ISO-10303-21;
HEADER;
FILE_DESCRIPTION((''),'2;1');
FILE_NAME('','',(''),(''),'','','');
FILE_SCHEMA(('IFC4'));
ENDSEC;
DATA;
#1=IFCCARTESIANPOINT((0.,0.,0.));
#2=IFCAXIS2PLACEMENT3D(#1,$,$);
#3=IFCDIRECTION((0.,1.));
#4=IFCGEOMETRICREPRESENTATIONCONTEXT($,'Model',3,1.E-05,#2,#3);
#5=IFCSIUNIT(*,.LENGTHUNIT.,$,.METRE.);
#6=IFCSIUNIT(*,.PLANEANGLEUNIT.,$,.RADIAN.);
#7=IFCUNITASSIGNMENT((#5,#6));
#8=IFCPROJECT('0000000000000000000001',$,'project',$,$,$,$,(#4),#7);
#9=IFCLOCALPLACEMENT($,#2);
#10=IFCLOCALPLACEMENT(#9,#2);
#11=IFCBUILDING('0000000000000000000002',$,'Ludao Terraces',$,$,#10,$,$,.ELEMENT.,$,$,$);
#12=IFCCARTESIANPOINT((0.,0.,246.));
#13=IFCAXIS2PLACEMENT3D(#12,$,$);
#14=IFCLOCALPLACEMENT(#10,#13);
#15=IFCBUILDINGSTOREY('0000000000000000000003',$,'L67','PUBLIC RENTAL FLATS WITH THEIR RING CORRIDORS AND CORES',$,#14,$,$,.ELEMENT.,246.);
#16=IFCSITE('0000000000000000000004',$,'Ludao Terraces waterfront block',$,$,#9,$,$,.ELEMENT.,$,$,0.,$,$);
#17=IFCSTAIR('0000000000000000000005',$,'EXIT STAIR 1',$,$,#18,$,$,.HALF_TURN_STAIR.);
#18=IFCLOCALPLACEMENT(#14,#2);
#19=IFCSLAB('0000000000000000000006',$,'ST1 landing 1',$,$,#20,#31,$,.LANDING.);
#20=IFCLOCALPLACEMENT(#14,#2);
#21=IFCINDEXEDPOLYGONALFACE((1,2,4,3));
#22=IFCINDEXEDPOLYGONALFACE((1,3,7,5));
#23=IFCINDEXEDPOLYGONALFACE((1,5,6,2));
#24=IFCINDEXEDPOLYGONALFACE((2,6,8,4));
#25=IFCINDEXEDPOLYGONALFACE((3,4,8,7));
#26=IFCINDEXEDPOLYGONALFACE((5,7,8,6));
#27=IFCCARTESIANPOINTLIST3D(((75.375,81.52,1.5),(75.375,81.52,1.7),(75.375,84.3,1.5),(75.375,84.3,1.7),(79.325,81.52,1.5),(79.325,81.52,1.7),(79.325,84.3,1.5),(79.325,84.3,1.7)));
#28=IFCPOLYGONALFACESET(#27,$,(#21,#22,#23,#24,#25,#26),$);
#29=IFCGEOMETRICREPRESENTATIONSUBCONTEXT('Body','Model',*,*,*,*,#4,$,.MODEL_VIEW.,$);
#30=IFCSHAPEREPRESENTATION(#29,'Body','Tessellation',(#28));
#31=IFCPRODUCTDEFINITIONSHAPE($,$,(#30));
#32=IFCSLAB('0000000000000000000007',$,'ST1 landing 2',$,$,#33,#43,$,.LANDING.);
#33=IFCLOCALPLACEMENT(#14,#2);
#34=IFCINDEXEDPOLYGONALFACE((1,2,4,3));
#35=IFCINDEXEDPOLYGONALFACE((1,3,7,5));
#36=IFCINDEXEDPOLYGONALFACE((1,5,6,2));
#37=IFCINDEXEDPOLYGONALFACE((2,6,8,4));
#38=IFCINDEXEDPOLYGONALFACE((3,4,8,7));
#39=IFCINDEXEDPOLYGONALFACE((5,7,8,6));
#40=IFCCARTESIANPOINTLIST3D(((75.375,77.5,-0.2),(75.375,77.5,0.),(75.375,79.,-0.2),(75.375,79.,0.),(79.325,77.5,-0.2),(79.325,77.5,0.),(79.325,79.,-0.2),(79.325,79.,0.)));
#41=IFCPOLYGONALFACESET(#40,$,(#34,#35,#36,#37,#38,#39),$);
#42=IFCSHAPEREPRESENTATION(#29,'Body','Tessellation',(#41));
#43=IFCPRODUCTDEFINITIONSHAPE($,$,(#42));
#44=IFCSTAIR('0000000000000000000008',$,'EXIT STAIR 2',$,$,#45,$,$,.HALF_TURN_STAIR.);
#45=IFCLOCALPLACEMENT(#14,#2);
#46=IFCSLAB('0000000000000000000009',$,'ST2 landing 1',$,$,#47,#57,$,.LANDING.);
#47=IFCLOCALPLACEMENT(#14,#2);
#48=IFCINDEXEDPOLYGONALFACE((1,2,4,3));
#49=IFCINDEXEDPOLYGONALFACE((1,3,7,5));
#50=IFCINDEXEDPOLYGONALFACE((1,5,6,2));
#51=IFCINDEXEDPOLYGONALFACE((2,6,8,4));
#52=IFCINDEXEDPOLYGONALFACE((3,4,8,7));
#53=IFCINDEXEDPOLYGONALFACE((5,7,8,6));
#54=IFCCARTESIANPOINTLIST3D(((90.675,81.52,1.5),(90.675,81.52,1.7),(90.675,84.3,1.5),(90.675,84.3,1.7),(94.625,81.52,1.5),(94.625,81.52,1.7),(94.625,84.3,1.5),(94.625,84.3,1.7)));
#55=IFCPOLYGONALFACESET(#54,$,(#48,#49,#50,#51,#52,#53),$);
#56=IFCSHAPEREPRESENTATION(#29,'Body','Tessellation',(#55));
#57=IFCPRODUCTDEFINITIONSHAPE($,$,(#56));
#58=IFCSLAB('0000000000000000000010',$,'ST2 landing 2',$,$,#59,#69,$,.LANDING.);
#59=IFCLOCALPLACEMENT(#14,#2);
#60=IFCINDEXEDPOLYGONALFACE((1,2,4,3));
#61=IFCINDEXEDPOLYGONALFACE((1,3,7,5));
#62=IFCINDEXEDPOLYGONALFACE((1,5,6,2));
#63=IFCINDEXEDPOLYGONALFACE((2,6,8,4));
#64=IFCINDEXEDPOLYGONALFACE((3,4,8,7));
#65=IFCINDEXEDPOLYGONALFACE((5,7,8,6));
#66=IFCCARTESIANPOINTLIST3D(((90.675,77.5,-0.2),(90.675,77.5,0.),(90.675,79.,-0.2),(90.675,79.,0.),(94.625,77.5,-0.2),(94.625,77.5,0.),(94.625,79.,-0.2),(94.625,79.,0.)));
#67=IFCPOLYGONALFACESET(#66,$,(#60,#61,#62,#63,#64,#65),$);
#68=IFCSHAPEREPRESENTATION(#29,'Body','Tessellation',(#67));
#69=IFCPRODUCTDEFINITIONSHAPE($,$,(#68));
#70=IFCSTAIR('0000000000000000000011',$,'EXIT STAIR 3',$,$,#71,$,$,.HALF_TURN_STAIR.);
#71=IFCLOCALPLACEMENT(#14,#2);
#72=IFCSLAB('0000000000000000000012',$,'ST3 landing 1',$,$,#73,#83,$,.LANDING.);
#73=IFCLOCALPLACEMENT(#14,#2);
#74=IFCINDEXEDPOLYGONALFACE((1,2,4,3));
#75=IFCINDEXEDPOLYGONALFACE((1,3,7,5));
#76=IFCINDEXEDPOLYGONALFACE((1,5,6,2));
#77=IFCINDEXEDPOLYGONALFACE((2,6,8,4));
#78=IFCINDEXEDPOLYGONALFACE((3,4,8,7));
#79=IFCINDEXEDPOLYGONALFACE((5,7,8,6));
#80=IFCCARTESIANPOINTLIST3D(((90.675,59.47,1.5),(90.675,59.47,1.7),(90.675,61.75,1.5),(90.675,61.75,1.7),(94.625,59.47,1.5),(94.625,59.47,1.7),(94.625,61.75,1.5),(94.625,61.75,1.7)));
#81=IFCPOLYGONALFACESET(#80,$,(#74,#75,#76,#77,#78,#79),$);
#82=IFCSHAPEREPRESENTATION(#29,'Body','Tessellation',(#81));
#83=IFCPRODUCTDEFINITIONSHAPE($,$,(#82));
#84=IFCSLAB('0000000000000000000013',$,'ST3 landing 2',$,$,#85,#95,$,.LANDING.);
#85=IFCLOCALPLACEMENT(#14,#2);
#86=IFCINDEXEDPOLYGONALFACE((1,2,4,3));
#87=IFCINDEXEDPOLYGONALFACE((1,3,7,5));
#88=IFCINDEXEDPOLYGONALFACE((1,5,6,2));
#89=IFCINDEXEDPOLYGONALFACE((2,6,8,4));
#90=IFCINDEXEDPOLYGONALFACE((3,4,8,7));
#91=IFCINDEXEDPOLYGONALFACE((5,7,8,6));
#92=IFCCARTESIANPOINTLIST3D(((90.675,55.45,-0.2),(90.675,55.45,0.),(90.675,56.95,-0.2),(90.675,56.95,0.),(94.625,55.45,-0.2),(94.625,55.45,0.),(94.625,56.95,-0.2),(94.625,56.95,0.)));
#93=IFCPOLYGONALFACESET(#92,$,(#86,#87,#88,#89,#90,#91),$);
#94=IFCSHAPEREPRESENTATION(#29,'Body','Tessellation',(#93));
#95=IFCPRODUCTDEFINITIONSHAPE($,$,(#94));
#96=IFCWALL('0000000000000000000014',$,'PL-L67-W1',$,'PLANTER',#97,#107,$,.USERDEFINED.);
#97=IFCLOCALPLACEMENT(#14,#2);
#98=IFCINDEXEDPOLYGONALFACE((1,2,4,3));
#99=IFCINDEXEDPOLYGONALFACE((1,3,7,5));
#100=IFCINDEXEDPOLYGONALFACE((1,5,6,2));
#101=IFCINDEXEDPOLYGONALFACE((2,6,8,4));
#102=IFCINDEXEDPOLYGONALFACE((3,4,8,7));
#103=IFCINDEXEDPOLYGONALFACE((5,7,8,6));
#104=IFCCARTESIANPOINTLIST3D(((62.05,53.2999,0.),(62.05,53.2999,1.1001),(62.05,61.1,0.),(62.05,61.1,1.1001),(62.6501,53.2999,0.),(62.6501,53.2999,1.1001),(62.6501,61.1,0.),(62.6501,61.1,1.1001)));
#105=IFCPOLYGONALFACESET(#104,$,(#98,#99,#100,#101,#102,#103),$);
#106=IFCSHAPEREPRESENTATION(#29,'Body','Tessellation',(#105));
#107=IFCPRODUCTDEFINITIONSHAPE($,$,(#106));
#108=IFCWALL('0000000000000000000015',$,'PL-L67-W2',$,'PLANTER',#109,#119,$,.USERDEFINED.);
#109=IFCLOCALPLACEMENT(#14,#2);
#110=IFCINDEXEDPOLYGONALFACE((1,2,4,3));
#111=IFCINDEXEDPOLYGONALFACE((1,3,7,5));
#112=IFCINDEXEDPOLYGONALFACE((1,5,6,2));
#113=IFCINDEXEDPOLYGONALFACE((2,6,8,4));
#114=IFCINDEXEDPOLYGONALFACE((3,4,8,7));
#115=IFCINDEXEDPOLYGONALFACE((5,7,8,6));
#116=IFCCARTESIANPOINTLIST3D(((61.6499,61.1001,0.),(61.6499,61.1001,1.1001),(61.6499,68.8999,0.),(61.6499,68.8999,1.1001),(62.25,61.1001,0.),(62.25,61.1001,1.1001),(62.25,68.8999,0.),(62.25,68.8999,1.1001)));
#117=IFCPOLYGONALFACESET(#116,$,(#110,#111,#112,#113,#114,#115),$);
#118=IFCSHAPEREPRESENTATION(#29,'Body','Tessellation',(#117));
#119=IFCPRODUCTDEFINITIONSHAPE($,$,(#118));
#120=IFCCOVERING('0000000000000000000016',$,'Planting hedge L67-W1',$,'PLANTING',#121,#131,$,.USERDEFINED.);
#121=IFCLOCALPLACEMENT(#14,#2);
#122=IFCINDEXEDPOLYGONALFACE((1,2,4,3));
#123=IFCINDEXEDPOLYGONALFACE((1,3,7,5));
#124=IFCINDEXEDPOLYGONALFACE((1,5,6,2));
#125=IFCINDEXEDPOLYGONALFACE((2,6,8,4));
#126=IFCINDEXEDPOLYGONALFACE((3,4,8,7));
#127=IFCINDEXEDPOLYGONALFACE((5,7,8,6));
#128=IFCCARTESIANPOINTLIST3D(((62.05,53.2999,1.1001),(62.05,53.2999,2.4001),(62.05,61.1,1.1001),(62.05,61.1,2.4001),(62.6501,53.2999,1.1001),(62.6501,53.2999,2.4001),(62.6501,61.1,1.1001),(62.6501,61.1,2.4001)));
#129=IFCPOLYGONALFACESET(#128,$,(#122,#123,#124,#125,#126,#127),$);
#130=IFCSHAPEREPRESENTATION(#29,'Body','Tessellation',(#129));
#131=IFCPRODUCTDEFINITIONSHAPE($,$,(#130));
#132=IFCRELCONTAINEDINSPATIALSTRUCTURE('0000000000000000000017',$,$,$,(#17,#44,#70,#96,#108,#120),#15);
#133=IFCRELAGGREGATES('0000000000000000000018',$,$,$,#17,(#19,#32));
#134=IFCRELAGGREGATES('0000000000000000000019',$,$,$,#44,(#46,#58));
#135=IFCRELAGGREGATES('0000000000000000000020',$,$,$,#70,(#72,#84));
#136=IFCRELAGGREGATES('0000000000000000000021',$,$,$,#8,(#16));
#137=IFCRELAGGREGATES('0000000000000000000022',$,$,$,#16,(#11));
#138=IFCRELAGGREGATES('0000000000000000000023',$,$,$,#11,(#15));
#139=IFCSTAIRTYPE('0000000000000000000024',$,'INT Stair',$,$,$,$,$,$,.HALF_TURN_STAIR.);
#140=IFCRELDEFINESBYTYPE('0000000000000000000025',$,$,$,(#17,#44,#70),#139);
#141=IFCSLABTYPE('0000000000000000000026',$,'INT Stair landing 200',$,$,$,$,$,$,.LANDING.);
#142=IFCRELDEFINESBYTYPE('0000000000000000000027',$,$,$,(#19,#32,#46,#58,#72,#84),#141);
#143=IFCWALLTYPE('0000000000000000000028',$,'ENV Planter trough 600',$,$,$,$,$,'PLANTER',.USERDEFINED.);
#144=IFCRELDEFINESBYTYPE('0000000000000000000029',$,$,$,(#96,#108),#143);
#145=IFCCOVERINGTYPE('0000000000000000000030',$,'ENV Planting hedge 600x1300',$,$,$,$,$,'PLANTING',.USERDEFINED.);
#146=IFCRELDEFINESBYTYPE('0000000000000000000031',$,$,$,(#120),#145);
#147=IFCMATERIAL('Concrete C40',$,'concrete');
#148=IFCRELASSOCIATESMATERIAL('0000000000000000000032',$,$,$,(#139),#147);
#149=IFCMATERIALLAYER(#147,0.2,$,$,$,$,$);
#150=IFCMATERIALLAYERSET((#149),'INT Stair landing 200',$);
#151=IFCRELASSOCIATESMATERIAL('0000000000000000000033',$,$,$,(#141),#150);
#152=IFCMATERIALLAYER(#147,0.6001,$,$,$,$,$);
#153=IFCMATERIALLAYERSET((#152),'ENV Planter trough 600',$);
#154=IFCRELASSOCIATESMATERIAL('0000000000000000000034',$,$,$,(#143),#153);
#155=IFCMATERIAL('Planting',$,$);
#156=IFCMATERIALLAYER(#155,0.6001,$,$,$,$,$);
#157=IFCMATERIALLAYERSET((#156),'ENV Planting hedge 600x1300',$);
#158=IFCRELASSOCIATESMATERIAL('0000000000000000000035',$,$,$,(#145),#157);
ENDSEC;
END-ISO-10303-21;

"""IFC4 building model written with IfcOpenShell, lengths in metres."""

from ifc_helpers import new_model, si_unit, direction, frame, frame_2d, origin, origin_2d, place, context, subcontext, project, spatial, polyline, rectangle, outline, extrude, material, layer, layer_set, type_object, element, aggregate, save


model = new_model("IFC4")

# Units and contexts
model_context = context("Model", 3, precision=1e-05, world=origin(), true_north=direction((0.0, 1.0)))
body_context = subcontext(model_context, "Body", "Model", "MODEL_VIEW")
ifc_project = project(units=[si_unit("LENGTHUNIT", "METRE"), si_unit("PLANEANGLEUNIT", "RADIAN")], contexts=[model_context])

# Site, building, storey
site_placement = place(None, origin())
site = spatial("IfcSite", under=ifc_project, at=site_placement, Name="Ludao Terraces waterfront block", CompositionType="ELEMENT", RefElevation=0.0)
building_placement = place(site_placement, origin())
building = spatial("IfcBuilding", under=site, at=building_placement, Name="Ludao Terraces", CompositionType="ELEMENT")
storey_placement = place(building_placement, frame((0.0, 0.0, 246.0)))
storey = spatial("IfcBuildingStorey", under=building, at=storey_placement, Name="L67", Description="PUBLIC RENTAL FLATS WITH THEIR RING CORRIDORS AND CORES", CompositionType="ELEMENT", Elevation=246.0)

# Shared definitions
ifc_material_1 = material(Name="Concrete C40", Category="concrete")

# Stairs, slabs
stair_type = type_object("IfcStairType", Name="INT Stair", PredefinedType="HALF_TURN_STAIR", material=ifc_material_1)
stair_1_placement = place(storey_placement, origin())
stair_1 = element("IfcStair", 1, at=stair_1_placement, inside=storey, type_object=stair_type, Name="EXIT STAIR 1", PredefinedType="HALF_TURN_STAIR")
ifc_layer_1 = layer(ifc_material_1, 0.2)
ifc_layer_set_1 = layer_set([ifc_layer_1], Name="INT Stair landing 200")
slab_type_1 = type_object("IfcSlabType", Name="INT Stair landing 200", PredefinedType="LANDING", material=ifc_layer_set_1)
slab_1_placement = place(storey_placement, frame((0.0, 0.0, 1.5)))
slab_1 = element("IfcSlab", 2, at=slab_1_placement, type_object=slab_type_1, Name="ST1 landing 1", PredefinedType="LANDING", context=body_context, shape_type="SweptSolid", body=[
    extrude(outline(polyline([(75.375, 81.52), (79.325, 81.52), (79.325, 84.3), (75.375, 84.3), (75.375, 81.52)])), origin(), (0.0, 0.0, 1.0), 0.2),
])
slab_2_placement = place(storey_placement, frame((0.0, 0.0, -0.2)))
slab_2 = element("IfcSlab", 3, at=slab_2_placement, type_object=slab_type_1, Name="ST1 landing 2", PredefinedType="LANDING", context=body_context, shape_type="SweptSolid", body=[
    extrude(outline(polyline([(75.375, 77.5), (79.325, 77.5), (79.325, 79.0), (75.375, 79.0), (75.375, 77.5)])), origin(), (0.0, 0.0, 1.0), 0.2),
])
aggregate(stair_1, [slab_1, slab_2])
stair_2_placement = place(storey_placement, origin())
stair_2 = element("IfcStair", 4, at=stair_2_placement, inside=storey, type_object=stair_type, Name="EXIT STAIR 2", PredefinedType="HALF_TURN_STAIR")
slab_3_placement = place(storey_placement, frame((0.0, 0.0, 1.5)))
slab_3 = element("IfcSlab", 5, at=slab_3_placement, type_object=slab_type_1, Name="ST2 landing 1", PredefinedType="LANDING", context=body_context, shape_type="SweptSolid", body=[
    extrude(outline(polyline([(90.675, 81.52), (94.625, 81.52), (94.625, 84.3), (90.675, 84.3), (90.675, 81.52)])), origin(), (0.0, 0.0, 1.0), 0.2),
])
slab_4_placement = place(storey_placement, frame((0.0, 0.0, -0.2)))
slab_4 = element("IfcSlab", 6, at=slab_4_placement, type_object=slab_type_1, Name="ST2 landing 2", PredefinedType="LANDING", context=body_context, shape_type="SweptSolid", body=[
    extrude(outline(polyline([(90.675, 77.5), (94.625, 77.5), (94.625, 79.0), (90.675, 79.0), (90.675, 77.5)])), origin(), (0.0, 0.0, 1.0), 0.2),
])
aggregate(stair_2, [slab_3, slab_4])
stair_3_placement = place(storey_placement, origin())
stair_3 = element("IfcStair", 7, at=stair_3_placement, inside=storey, type_object=stair_type, Name="EXIT STAIR 3", PredefinedType="HALF_TURN_STAIR")
slab_5_placement = place(storey_placement, frame((0.0, 0.0, 1.5)))
slab_5 = element("IfcSlab", 8, at=slab_5_placement, type_object=slab_type_1, Name="ST3 landing 1", PredefinedType="LANDING", context=body_context, shape_type="SweptSolid", body=[
    extrude(outline(polyline([(90.675, 59.47), (94.625, 59.47), (94.625, 61.75), (90.675, 61.75), (90.675, 59.47)])), origin(), (0.0, 0.0, 1.0), 0.2),
])
slab_6_placement = place(storey_placement, frame((0.0, 0.0, -0.2)))
slab_6 = element("IfcSlab", 9, at=slab_6_placement, type_object=slab_type_1, Name="ST3 landing 2", PredefinedType="LANDING", context=body_context, shape_type="SweptSolid", body=[
    extrude(outline(polyline([(90.675, 55.45), (94.625, 55.45), (94.625, 56.95), (90.675, 56.95), (90.675, 55.45)])), origin(), (0.0, 0.0, 1.0), 0.2),
])
aggregate(stair_3, [slab_5, slab_6])

# Walls
ifc_layer_2 = layer(ifc_material_1, 0.6001)
ifc_layer_set_2 = layer_set([ifc_layer_2], Name="ENV Planter trough 600")
wall_type = type_object("IfcWallType", Name="ENV Planter trough 600", ElementType="PLANTER", PredefinedType="USERDEFINED", material=ifc_layer_set_2)
wall_1_placement = place(storey_placement, frame((62.3501, 53.3, 0.0), z_axis=(0.0, 0.0, 1.0), x_axis=(0.0, 1.0, 0.0)))
element("IfcWall", 10, at=wall_1_placement, inside=storey, type_object=wall_type, Name="PL-L67-W1", ObjectType="PLANTER", PredefinedType="USERDEFINED", context=body_context, shape_type="SweptSolid", body=[
    extrude(rectangle(XDim=7.8, YDim=0.6001, at=frame_2d((3.8999, 0.0))), origin(), (0.0, 0.0, 1.0), 1.1001),
])
wall_2_placement = place(storey_placement, frame((61.95, 61.1001, 0.0), z_axis=(0.0, 0.0, 1.0), x_axis=(0.0, 1.0, 0.0)))
element("IfcWall", 11, at=wall_2_placement, inside=storey, type_object=wall_type, Name="PL-L67-W2", ObjectType="PLANTER", PredefinedType="USERDEFINED", context=body_context, shape_type="SweptSolid", body=[
    extrude(rectangle(XDim=7.7998, YDim=0.6001, at=frame_2d((3.8999, 0.0))), origin(), (0.0, 0.0, 1.0), 1.1001),
])

# Covering
ifc_material_2 = material(Name="Planting")
ifc_layer_3 = layer(ifc_material_2, 0.6001)
ifc_layer_set_3 = layer_set([ifc_layer_3], Name="ENV Planting hedge 600x1300")
covering_type = type_object("IfcCoveringType", Name="ENV Planting hedge 600x1300", ElementType="PLANTING", PredefinedType="USERDEFINED", material=ifc_layer_set_3)
covering_placement = place(storey_placement, frame((62.3501, 57.2, 1.1001), z_axis=(0.0, 0.0, 1.0), x_axis=(1.0, 0.0, 0.0)))
element("IfcCovering", 12, at=covering_placement, inside=storey, type_object=covering_type, Name="Planting hedge L67-W1", ObjectType="PLANTING", PredefinedType="USERDEFINED", context=body_context, shape_type="SweptSolid", body=[
    extrude(rectangle(XDim=0.6001, YDim=7.8, at=origin_2d()), origin(), (0.0, 0.0, 1.0), 1.3),
])

save(model, "model.ifc")
